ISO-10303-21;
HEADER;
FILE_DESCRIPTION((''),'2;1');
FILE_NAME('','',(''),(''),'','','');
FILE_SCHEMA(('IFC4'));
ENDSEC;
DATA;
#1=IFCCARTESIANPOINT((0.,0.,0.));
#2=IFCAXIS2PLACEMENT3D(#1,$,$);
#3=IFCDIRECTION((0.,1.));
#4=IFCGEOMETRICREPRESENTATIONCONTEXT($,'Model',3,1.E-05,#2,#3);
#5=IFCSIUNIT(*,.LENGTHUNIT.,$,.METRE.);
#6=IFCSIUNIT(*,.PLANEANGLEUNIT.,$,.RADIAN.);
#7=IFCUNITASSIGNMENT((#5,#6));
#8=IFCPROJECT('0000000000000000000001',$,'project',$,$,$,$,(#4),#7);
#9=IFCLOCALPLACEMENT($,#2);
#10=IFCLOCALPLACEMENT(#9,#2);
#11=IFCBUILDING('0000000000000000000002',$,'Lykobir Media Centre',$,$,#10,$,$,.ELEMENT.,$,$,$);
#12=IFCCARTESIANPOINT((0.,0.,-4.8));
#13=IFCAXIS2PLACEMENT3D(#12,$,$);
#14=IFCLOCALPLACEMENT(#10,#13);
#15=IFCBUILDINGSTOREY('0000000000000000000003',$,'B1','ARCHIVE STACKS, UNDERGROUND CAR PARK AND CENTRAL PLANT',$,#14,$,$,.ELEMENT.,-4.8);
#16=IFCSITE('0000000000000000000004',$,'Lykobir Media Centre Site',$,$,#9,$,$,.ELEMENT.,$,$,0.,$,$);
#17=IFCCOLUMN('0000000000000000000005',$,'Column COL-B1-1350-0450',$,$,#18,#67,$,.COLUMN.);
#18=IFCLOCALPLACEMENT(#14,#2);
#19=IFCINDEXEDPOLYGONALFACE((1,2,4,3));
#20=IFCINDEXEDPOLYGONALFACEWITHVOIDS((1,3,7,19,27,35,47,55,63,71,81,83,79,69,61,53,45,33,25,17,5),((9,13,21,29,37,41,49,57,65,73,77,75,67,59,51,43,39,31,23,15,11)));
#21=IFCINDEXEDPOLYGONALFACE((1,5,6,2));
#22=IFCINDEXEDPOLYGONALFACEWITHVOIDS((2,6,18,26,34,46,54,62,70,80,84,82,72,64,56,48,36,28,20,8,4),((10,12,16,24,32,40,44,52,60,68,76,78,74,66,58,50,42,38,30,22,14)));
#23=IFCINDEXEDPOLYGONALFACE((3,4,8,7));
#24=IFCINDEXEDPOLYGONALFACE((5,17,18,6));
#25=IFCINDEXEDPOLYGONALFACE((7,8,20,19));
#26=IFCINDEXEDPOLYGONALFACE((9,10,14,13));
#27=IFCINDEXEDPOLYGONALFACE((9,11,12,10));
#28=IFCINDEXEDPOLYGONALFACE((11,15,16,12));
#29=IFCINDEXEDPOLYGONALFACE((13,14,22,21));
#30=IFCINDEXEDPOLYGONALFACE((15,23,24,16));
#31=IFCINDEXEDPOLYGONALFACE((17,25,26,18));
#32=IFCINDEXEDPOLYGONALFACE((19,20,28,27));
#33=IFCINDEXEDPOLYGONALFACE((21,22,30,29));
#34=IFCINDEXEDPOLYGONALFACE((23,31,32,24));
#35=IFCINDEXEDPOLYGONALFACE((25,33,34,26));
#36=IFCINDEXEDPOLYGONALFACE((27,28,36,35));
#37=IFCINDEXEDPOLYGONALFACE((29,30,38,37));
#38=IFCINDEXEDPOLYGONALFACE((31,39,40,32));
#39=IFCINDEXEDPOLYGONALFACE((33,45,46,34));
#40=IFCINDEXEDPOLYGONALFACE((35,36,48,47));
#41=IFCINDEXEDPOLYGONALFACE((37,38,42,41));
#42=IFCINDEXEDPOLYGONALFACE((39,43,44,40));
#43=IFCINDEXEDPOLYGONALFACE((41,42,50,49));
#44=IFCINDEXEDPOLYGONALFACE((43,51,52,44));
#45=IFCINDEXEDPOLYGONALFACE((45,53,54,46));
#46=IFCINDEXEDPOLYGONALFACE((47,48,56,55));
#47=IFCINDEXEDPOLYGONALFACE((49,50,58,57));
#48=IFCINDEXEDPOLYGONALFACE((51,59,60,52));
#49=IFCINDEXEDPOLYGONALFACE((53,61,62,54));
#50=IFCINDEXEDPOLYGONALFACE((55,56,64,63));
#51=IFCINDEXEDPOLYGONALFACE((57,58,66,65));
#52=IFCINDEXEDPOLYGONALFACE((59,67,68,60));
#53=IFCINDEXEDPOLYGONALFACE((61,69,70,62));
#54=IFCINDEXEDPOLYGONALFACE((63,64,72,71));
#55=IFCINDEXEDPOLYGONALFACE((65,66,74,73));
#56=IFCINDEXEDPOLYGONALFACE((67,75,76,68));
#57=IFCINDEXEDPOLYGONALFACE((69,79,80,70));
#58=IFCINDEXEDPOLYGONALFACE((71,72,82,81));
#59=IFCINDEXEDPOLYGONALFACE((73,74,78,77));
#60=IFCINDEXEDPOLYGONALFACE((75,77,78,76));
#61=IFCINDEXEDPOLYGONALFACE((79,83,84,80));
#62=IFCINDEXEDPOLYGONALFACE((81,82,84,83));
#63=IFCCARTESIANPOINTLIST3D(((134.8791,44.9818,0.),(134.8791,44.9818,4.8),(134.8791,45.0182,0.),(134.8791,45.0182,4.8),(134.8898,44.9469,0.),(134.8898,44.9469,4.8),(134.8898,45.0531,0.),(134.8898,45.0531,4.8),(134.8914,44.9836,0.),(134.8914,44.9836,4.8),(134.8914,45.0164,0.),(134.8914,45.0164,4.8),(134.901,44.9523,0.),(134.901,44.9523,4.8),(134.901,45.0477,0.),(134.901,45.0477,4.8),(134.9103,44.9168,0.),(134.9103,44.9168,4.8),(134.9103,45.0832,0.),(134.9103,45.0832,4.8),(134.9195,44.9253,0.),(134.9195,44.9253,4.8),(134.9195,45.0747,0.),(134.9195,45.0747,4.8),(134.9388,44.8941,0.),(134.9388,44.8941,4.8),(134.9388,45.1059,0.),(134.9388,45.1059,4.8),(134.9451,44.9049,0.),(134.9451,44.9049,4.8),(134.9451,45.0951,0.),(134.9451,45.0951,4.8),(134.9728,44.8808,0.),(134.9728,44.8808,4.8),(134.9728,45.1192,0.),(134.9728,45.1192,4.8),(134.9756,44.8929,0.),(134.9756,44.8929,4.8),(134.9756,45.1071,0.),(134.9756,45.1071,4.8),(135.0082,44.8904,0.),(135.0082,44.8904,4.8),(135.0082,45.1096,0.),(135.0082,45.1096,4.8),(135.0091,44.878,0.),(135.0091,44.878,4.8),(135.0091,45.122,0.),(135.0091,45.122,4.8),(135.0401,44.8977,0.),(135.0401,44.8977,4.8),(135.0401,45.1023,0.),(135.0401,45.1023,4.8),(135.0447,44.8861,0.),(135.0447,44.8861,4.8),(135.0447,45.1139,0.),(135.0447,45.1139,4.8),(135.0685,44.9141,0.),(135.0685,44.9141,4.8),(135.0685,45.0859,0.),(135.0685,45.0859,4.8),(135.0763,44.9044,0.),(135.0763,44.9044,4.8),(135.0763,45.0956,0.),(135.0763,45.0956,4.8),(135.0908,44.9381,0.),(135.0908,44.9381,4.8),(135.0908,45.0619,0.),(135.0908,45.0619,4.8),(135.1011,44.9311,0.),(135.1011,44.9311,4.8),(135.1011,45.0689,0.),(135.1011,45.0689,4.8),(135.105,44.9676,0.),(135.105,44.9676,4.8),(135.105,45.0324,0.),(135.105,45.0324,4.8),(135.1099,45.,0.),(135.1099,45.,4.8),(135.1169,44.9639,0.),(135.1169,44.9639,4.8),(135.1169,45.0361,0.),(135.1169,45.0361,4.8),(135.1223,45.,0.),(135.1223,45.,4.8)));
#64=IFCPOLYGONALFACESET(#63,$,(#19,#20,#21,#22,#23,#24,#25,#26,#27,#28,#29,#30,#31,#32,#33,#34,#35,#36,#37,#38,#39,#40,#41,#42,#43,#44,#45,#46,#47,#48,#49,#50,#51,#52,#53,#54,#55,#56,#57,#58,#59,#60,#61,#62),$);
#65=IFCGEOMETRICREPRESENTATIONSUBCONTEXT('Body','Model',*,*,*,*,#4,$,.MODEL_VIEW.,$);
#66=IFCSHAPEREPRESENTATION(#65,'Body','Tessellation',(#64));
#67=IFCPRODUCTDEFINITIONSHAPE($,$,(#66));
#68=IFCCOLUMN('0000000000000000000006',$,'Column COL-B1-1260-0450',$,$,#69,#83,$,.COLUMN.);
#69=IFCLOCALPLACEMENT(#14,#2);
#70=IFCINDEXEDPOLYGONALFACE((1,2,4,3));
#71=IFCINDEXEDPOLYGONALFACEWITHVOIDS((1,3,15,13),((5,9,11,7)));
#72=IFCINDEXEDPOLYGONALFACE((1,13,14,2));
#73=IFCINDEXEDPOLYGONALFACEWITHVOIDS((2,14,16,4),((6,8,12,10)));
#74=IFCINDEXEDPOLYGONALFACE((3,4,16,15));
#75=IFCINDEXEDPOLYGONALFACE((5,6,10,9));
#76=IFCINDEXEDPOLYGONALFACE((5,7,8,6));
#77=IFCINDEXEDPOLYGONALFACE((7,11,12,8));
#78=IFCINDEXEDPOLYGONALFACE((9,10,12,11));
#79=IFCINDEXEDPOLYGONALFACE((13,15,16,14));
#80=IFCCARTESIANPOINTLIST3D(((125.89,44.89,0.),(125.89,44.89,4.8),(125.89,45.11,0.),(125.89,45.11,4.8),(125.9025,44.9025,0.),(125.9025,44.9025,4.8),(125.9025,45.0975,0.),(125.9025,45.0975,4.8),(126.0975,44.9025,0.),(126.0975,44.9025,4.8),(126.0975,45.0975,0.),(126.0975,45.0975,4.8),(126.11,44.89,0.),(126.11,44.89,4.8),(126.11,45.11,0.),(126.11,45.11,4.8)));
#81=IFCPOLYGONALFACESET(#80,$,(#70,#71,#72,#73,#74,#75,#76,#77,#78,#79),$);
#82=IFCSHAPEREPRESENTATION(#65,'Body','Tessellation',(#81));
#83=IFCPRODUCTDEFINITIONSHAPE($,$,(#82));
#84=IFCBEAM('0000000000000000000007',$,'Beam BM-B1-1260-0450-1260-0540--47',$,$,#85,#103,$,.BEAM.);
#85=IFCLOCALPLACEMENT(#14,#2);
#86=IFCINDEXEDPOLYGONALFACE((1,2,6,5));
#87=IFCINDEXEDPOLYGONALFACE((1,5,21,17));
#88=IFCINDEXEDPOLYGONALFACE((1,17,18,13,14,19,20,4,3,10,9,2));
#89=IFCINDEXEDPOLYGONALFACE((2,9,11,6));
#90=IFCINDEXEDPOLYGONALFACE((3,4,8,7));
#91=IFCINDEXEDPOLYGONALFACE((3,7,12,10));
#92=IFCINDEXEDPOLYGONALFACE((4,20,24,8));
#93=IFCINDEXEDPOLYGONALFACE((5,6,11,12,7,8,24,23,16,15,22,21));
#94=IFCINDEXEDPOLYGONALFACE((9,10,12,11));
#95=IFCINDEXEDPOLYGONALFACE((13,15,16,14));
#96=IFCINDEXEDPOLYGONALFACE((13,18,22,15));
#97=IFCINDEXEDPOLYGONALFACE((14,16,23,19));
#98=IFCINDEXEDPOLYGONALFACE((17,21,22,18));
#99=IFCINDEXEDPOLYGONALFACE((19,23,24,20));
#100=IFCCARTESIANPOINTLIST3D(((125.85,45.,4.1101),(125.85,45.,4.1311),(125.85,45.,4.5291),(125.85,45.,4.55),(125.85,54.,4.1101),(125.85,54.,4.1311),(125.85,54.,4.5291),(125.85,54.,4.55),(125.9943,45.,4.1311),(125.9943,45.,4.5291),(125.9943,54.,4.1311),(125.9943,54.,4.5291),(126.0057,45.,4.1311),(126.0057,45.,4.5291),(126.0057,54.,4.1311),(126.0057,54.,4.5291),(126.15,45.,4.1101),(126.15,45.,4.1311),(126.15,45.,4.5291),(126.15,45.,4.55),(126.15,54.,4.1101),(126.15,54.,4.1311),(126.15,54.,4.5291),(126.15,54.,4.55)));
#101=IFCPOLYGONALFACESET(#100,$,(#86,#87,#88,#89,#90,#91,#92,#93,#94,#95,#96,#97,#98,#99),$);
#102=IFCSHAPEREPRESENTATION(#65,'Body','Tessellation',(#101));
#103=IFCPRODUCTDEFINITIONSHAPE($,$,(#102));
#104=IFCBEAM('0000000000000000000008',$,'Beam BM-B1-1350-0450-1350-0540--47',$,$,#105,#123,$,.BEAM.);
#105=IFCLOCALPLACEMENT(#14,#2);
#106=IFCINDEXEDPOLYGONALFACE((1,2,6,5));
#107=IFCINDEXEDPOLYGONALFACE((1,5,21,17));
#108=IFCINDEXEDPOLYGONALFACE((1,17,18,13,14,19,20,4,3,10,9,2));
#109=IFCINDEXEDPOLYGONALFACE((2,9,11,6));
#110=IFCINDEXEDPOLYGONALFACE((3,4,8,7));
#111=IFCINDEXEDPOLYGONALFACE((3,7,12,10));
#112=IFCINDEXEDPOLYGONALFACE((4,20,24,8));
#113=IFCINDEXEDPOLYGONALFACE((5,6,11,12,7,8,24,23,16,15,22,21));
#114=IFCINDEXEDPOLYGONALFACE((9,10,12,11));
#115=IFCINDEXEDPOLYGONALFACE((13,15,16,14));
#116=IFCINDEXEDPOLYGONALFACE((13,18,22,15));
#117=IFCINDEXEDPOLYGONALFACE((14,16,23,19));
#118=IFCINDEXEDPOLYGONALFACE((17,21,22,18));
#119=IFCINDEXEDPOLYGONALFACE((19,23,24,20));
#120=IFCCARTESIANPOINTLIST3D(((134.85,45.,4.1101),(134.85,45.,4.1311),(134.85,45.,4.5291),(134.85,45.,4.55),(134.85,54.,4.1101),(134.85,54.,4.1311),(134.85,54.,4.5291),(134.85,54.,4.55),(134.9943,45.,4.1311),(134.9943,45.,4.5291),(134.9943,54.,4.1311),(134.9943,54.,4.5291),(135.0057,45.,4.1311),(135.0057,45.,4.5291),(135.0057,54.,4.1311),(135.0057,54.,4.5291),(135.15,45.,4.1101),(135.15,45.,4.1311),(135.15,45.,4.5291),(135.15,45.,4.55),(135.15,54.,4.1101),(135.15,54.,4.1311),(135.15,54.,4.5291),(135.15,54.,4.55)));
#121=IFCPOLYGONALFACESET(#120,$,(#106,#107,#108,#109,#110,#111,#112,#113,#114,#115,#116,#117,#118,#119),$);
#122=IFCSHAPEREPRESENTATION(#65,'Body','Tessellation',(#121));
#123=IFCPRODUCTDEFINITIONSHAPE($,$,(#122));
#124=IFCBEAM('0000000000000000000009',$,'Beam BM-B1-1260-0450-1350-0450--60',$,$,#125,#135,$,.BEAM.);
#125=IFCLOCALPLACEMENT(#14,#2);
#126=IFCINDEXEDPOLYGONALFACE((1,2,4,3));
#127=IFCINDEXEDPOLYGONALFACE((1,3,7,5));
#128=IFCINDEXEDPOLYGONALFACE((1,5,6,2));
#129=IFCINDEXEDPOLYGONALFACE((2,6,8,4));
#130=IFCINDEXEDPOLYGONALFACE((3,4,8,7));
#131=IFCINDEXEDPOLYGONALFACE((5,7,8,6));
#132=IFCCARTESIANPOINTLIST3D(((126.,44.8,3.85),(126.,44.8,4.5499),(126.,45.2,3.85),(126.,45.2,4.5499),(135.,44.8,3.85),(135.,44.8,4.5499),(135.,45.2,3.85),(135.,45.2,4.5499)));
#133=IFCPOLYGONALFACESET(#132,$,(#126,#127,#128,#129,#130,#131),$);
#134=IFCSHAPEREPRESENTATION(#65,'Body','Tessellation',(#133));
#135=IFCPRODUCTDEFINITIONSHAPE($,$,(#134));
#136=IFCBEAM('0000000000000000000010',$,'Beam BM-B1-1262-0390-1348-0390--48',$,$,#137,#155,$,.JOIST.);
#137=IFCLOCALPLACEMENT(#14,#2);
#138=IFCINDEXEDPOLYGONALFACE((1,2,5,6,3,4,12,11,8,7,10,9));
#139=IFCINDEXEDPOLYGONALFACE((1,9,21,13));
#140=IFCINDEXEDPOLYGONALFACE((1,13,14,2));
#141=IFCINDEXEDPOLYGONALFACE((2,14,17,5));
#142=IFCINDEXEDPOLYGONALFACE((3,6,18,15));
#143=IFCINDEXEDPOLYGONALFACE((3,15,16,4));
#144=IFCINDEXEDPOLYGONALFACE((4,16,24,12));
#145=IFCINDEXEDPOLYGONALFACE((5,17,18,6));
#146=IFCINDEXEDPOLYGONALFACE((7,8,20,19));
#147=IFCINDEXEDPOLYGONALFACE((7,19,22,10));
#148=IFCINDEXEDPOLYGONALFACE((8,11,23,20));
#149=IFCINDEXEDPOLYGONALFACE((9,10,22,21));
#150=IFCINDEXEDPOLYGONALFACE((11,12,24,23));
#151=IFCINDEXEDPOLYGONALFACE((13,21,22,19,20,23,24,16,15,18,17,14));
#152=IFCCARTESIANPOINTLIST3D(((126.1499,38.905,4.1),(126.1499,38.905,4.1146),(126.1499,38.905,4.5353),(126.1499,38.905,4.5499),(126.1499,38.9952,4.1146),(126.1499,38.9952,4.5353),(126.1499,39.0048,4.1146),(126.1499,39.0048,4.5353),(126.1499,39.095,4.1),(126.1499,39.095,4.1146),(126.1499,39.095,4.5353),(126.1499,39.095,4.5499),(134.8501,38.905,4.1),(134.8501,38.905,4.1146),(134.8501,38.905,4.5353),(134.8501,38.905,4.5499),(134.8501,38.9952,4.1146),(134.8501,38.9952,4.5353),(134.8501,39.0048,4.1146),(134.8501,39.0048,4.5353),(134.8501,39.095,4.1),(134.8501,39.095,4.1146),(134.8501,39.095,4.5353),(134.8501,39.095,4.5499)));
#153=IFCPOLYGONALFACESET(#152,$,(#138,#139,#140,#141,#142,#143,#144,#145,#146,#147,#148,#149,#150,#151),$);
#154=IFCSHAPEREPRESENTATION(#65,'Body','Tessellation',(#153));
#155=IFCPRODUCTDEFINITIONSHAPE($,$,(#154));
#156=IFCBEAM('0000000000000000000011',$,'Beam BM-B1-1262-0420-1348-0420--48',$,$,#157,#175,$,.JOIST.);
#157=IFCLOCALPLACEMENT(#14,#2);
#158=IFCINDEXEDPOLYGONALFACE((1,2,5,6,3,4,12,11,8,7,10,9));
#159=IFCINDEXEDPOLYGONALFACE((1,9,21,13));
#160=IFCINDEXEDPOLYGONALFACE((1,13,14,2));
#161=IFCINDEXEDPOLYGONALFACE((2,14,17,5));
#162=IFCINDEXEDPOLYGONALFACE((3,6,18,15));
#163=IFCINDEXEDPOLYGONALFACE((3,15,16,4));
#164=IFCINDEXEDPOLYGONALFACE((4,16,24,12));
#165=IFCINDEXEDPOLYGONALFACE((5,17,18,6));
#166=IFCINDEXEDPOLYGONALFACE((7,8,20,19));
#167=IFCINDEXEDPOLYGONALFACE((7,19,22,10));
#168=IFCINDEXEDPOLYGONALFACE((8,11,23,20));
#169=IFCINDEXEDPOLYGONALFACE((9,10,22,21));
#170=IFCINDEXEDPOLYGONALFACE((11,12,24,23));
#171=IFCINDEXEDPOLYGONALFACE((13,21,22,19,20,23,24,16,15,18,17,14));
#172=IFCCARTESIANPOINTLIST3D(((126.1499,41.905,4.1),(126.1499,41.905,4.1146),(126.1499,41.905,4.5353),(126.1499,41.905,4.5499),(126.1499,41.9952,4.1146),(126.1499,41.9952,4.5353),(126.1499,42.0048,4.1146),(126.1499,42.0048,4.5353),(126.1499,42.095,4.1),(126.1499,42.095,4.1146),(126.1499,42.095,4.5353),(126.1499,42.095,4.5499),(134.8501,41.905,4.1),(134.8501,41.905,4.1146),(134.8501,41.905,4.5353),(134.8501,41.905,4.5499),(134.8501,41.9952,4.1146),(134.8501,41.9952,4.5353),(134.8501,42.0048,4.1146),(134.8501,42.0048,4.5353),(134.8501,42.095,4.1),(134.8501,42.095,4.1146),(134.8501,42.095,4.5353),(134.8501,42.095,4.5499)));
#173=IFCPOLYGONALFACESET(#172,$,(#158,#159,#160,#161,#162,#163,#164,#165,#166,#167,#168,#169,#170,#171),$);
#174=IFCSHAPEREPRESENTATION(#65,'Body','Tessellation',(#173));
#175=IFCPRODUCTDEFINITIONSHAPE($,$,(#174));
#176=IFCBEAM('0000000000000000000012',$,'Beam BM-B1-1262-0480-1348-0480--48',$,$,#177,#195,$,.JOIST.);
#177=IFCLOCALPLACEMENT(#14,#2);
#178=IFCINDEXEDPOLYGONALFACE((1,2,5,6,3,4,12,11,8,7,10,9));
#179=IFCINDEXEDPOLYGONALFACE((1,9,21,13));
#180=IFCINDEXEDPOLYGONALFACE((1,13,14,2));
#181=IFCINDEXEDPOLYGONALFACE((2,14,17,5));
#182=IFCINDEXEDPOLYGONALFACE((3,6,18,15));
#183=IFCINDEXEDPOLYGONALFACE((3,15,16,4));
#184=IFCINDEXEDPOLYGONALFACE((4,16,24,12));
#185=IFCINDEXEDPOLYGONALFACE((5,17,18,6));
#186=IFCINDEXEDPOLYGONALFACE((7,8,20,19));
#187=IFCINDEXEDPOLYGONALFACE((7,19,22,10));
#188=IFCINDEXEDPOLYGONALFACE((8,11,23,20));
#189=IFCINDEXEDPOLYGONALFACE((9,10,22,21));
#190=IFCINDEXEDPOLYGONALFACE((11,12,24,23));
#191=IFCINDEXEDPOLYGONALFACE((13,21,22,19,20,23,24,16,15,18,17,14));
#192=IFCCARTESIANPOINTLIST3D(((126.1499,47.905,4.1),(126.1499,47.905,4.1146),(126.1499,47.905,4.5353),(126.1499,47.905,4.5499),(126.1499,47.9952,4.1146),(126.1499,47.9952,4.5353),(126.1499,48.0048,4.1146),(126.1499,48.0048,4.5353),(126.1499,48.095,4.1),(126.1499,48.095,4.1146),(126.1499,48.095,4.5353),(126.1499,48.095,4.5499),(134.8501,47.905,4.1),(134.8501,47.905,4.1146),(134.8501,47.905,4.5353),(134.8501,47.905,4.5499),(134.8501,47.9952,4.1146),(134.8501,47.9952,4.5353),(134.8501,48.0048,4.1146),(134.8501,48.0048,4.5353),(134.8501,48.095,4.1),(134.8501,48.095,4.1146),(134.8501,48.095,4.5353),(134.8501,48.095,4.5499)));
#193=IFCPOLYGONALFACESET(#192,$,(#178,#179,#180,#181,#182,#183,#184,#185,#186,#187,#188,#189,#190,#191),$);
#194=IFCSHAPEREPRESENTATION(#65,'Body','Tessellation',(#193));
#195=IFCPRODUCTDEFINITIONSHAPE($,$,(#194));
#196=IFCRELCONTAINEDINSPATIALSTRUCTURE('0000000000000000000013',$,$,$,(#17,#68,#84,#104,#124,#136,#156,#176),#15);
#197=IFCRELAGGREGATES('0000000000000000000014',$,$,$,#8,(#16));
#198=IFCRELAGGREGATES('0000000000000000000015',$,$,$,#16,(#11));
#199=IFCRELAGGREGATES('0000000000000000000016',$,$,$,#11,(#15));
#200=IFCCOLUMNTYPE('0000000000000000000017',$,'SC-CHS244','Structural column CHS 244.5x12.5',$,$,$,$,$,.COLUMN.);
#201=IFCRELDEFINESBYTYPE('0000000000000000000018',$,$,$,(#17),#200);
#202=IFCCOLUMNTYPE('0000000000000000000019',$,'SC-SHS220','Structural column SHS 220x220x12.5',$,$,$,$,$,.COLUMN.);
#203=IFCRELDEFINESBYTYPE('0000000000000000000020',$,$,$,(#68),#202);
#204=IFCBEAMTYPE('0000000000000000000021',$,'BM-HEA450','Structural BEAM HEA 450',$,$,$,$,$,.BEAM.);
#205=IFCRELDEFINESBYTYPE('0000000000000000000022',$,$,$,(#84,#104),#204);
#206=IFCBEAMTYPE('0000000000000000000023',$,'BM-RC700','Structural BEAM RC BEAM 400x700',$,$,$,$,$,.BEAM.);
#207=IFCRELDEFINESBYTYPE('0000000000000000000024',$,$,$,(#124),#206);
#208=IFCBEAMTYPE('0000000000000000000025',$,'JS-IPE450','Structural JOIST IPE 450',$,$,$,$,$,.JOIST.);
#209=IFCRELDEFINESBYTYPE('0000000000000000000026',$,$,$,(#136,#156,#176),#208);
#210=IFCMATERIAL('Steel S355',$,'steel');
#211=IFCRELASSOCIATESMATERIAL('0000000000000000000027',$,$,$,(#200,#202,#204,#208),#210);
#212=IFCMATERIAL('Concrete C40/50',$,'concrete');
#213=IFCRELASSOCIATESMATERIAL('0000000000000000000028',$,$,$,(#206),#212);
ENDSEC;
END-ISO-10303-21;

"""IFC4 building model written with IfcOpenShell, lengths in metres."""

from ifc_helpers import new_model, si_unit, direction, frame, origin, origin_2d, place, context, subcontext, project, spatial, rectangle, hollow_rectangle, hollow_circle, i_section, extrude, material, material_profile, profile_set, type_object, element, save


model = new_model("IFC4")

# Units and contexts
model_context = context("Model", 3, precision=1e-05, world=origin(), true_north=direction((0.0, 1.0)))
body_context = subcontext(model_context, "Body", "Model", "MODEL_VIEW")
ifc_project = project(units=[si_unit("LENGTHUNIT", "METRE"), si_unit("PLANEANGLEUNIT", "RADIAN")], contexts=[model_context])

# Site, building, storey
site_placement = place(None, origin())
site = spatial("IfcSite", under=ifc_project, at=site_placement, Name="Lykobir Media Centre Site", CompositionType="ELEMENT", RefElevation=0.0)
building_placement = place(site_placement, origin())
building = spatial("IfcBuilding", under=site, at=building_placement, Name="Lykobir Media Centre", CompositionType="ELEMENT")
storey_placement = place(building_placement, frame((0.0, 0.0, -4.8)))
storey = spatial("IfcBuildingStorey", under=building, at=storey_placement, Name="B1", Description="ARCHIVE STACKS, UNDERGROUND CAR PARK AND CENTRAL PLANT", CompositionType="ELEMENT", Elevation=-4.8)

# Columns
ifc_material_1 = material(Name="Steel S355", Category="steel")
ifc_material_profile_1 = material_profile(ifc_material_1, hollow_circle(Radius=0.1223, WallThickness=0.0125, at=origin_2d()), Name="CHS 244.5x12.5")
ifc_profile_set_1 = profile_set([ifc_material_profile_1], Name="Steel S355")
column_type_1 = type_object("IfcColumnType", Name="SC-CHS244", Description="Structural column CHS 244.5x12.5", PredefinedType="COLUMN", material=ifc_profile_set_1)
column_1_placement = place(storey_placement, frame((135.0, 45.0, 0.0), z_axis=(0.0, 0.0, 1.0), x_axis=(1.0, 0.0, 0.0)))
element("IfcColumn", 1, at=column_1_placement, inside=storey, type_object=column_type_1, Name="Column COL-B1-1350-0450", PredefinedType="COLUMN", context=body_context, shape_type="SweptSolid", body=[
    extrude(hollow_circle(Radius=0.1223, WallThickness=0.0125, at=origin_2d()), origin(), (0.0, 0.0, 1.0), 4.8),
])
ifc_material_profile_2 = material_profile(ifc_material_1, hollow_rectangle(XDim=0.22, YDim=0.22, WallThickness=0.0125, at=origin_2d()), Name="SHS 220x220x12.5")
ifc_profile_set_2 = profile_set([ifc_material_profile_2], Name="Steel S355")
column_type_2 = type_object("IfcColumnType", Name="SC-SHS220", Description="Structural column SHS 220x220x12.5", PredefinedType="COLUMN", material=ifc_profile_set_2)
column_2_placement = place(storey_placement, frame((126.0, 45.0, 0.0), z_axis=(0.0, 0.0, 1.0), x_axis=(1.0, 0.0, 0.0)))
element("IfcColumn", 2, at=column_2_placement, inside=storey, type_object=column_type_2, Name="Column COL-B1-1260-0450", PredefinedType="COLUMN", context=body_context, shape_type="SweptSolid", body=[
    extrude(hollow_rectangle(XDim=0.22, YDim=0.22, WallThickness=0.0125, at=origin_2d()), origin(), (0.0, 0.0, 1.0), 4.8),
])

# Beams
ifc_material_profile_3 = material_profile(ifc_material_1, i_section(OverallWidth=0.3, OverallDepth=0.4399, WebThickness=0.0115, FlangeThickness=0.021, at=origin_2d()), Name="HEA 450")
ifc_profile_set_3 = profile_set([ifc_material_profile_3], Name="Steel S355")
beam_type_1 = type_object("IfcBeamType", Name="BM-HEA450", Description="Structural BEAM HEA 450", PredefinedType="BEAM", material=ifc_profile_set_3)
for number, where, z_axis, x_axis, name in (
    (3, (126.0, 45.0, 4.3301), (0.0, 1.0, 0.0), (-1.0, 0.0, 0.0), "Beam BM-B1-1260-0450-1260-0540--47"),
    (4, (135.0, 45.0, 4.3301), (0.0, 1.0, 0.0), (-1.0, 0.0, 0.0), "Beam BM-B1-1350-0450-1350-0540--47"),
):
    element("IfcBeam", number, at=place(storey_placement, frame(where, z_axis=z_axis, x_axis=x_axis)), inside=storey, type_object=beam_type_1, Name=name, PredefinedType="BEAM", context=body_context, shape_type="SweptSolid", body=[
        extrude(i_section(OverallWidth=0.3, OverallDepth=0.4399, WebThickness=0.0115, FlangeThickness=0.021, at=origin_2d()), origin(), (0.0, 0.0, 1.0), 9.0),
    ])
ifc_material_2 = material(Name="Concrete C40/50", Category="concrete")
ifc_material_profile_4 = material_profile(ifc_material_2, rectangle(XDim=0.3999, YDim=0.7, at=origin_2d()), Name="RC BEAM 400x700")
ifc_profile_set_4 = profile_set([ifc_material_profile_4], Name="Concrete C40/50")
beam_type_2 = type_object("IfcBeamType", Name="BM-RC700", Description="Structural BEAM RC BEAM 400x700", PredefinedType="BEAM", material=ifc_profile_set_4)
beam_1_placement = place(storey_placement, frame((126.0, 45.0, 4.2), z_axis=(1.0, 0.0, 0.0), x_axis=(0.0, 1.0, 0.0)))
element("IfcBeam", 5, at=beam_1_placement, inside=storey, type_object=beam_type_2, Name="Beam BM-B1-1260-0450-1350-0450--60", PredefinedType="BEAM", context=body_context, shape_type="SweptSolid", body=[
    extrude(rectangle(XDim=0.3999, YDim=0.7, at=origin_2d()), origin(), (0.0, 0.0, 1.0), 9.0),
])
ifc_material_profile_5 = material_profile(ifc_material_1, i_section(OverallWidth=0.1899, OverallDepth=0.45, WebThickness=0.0095, FlangeThickness=0.0146, at=origin_2d()), Name="IPE 450")
ifc_profile_set_5 = profile_set([ifc_material_profile_5], Name="Steel S355")
beam_type_3 = type_object("IfcBeamType", Name="JS-IPE450", Description="Structural JOIST IPE 450", PredefinedType="JOIST", material=ifc_profile_set_5)
for number, where, z_axis, x_axis, name in (
    (6, (126.1499, 39.0, 4.325), (1.0, 0.0, 0.0), (0.0, 1.0, 0.0), "Beam BM-B1-1262-0390-1348-0390--48"),
    (7, (126.1499, 42.0, 4.325), (1.0, 0.0, 0.0), (0.0, 1.0, 0.0), "Beam BM-B1-1262-0420-1348-0420--48"),
    (8, (126.1499, 48.0, 4.325), (1.0, 0.0, 0.0), (0.0, 1.0, 0.0), "Beam BM-B1-1262-0480-1348-0480--48"),
):
    element("IfcBeam", number, at=place(storey_placement, frame(where, z_axis=z_axis, x_axis=x_axis)), inside=storey, type_object=beam_type_3, Name=name, PredefinedType="JOIST", context=body_context, shape_type="SweptSolid", body=[
        extrude(i_section(OverallWidth=0.1899, OverallDepth=0.45, WebThickness=0.0095, FlangeThickness=0.0146, at=origin_2d()), origin(), (0.0, 0.0, 1.0), 8.7002),
    ])

save(model, "model.ifc")
